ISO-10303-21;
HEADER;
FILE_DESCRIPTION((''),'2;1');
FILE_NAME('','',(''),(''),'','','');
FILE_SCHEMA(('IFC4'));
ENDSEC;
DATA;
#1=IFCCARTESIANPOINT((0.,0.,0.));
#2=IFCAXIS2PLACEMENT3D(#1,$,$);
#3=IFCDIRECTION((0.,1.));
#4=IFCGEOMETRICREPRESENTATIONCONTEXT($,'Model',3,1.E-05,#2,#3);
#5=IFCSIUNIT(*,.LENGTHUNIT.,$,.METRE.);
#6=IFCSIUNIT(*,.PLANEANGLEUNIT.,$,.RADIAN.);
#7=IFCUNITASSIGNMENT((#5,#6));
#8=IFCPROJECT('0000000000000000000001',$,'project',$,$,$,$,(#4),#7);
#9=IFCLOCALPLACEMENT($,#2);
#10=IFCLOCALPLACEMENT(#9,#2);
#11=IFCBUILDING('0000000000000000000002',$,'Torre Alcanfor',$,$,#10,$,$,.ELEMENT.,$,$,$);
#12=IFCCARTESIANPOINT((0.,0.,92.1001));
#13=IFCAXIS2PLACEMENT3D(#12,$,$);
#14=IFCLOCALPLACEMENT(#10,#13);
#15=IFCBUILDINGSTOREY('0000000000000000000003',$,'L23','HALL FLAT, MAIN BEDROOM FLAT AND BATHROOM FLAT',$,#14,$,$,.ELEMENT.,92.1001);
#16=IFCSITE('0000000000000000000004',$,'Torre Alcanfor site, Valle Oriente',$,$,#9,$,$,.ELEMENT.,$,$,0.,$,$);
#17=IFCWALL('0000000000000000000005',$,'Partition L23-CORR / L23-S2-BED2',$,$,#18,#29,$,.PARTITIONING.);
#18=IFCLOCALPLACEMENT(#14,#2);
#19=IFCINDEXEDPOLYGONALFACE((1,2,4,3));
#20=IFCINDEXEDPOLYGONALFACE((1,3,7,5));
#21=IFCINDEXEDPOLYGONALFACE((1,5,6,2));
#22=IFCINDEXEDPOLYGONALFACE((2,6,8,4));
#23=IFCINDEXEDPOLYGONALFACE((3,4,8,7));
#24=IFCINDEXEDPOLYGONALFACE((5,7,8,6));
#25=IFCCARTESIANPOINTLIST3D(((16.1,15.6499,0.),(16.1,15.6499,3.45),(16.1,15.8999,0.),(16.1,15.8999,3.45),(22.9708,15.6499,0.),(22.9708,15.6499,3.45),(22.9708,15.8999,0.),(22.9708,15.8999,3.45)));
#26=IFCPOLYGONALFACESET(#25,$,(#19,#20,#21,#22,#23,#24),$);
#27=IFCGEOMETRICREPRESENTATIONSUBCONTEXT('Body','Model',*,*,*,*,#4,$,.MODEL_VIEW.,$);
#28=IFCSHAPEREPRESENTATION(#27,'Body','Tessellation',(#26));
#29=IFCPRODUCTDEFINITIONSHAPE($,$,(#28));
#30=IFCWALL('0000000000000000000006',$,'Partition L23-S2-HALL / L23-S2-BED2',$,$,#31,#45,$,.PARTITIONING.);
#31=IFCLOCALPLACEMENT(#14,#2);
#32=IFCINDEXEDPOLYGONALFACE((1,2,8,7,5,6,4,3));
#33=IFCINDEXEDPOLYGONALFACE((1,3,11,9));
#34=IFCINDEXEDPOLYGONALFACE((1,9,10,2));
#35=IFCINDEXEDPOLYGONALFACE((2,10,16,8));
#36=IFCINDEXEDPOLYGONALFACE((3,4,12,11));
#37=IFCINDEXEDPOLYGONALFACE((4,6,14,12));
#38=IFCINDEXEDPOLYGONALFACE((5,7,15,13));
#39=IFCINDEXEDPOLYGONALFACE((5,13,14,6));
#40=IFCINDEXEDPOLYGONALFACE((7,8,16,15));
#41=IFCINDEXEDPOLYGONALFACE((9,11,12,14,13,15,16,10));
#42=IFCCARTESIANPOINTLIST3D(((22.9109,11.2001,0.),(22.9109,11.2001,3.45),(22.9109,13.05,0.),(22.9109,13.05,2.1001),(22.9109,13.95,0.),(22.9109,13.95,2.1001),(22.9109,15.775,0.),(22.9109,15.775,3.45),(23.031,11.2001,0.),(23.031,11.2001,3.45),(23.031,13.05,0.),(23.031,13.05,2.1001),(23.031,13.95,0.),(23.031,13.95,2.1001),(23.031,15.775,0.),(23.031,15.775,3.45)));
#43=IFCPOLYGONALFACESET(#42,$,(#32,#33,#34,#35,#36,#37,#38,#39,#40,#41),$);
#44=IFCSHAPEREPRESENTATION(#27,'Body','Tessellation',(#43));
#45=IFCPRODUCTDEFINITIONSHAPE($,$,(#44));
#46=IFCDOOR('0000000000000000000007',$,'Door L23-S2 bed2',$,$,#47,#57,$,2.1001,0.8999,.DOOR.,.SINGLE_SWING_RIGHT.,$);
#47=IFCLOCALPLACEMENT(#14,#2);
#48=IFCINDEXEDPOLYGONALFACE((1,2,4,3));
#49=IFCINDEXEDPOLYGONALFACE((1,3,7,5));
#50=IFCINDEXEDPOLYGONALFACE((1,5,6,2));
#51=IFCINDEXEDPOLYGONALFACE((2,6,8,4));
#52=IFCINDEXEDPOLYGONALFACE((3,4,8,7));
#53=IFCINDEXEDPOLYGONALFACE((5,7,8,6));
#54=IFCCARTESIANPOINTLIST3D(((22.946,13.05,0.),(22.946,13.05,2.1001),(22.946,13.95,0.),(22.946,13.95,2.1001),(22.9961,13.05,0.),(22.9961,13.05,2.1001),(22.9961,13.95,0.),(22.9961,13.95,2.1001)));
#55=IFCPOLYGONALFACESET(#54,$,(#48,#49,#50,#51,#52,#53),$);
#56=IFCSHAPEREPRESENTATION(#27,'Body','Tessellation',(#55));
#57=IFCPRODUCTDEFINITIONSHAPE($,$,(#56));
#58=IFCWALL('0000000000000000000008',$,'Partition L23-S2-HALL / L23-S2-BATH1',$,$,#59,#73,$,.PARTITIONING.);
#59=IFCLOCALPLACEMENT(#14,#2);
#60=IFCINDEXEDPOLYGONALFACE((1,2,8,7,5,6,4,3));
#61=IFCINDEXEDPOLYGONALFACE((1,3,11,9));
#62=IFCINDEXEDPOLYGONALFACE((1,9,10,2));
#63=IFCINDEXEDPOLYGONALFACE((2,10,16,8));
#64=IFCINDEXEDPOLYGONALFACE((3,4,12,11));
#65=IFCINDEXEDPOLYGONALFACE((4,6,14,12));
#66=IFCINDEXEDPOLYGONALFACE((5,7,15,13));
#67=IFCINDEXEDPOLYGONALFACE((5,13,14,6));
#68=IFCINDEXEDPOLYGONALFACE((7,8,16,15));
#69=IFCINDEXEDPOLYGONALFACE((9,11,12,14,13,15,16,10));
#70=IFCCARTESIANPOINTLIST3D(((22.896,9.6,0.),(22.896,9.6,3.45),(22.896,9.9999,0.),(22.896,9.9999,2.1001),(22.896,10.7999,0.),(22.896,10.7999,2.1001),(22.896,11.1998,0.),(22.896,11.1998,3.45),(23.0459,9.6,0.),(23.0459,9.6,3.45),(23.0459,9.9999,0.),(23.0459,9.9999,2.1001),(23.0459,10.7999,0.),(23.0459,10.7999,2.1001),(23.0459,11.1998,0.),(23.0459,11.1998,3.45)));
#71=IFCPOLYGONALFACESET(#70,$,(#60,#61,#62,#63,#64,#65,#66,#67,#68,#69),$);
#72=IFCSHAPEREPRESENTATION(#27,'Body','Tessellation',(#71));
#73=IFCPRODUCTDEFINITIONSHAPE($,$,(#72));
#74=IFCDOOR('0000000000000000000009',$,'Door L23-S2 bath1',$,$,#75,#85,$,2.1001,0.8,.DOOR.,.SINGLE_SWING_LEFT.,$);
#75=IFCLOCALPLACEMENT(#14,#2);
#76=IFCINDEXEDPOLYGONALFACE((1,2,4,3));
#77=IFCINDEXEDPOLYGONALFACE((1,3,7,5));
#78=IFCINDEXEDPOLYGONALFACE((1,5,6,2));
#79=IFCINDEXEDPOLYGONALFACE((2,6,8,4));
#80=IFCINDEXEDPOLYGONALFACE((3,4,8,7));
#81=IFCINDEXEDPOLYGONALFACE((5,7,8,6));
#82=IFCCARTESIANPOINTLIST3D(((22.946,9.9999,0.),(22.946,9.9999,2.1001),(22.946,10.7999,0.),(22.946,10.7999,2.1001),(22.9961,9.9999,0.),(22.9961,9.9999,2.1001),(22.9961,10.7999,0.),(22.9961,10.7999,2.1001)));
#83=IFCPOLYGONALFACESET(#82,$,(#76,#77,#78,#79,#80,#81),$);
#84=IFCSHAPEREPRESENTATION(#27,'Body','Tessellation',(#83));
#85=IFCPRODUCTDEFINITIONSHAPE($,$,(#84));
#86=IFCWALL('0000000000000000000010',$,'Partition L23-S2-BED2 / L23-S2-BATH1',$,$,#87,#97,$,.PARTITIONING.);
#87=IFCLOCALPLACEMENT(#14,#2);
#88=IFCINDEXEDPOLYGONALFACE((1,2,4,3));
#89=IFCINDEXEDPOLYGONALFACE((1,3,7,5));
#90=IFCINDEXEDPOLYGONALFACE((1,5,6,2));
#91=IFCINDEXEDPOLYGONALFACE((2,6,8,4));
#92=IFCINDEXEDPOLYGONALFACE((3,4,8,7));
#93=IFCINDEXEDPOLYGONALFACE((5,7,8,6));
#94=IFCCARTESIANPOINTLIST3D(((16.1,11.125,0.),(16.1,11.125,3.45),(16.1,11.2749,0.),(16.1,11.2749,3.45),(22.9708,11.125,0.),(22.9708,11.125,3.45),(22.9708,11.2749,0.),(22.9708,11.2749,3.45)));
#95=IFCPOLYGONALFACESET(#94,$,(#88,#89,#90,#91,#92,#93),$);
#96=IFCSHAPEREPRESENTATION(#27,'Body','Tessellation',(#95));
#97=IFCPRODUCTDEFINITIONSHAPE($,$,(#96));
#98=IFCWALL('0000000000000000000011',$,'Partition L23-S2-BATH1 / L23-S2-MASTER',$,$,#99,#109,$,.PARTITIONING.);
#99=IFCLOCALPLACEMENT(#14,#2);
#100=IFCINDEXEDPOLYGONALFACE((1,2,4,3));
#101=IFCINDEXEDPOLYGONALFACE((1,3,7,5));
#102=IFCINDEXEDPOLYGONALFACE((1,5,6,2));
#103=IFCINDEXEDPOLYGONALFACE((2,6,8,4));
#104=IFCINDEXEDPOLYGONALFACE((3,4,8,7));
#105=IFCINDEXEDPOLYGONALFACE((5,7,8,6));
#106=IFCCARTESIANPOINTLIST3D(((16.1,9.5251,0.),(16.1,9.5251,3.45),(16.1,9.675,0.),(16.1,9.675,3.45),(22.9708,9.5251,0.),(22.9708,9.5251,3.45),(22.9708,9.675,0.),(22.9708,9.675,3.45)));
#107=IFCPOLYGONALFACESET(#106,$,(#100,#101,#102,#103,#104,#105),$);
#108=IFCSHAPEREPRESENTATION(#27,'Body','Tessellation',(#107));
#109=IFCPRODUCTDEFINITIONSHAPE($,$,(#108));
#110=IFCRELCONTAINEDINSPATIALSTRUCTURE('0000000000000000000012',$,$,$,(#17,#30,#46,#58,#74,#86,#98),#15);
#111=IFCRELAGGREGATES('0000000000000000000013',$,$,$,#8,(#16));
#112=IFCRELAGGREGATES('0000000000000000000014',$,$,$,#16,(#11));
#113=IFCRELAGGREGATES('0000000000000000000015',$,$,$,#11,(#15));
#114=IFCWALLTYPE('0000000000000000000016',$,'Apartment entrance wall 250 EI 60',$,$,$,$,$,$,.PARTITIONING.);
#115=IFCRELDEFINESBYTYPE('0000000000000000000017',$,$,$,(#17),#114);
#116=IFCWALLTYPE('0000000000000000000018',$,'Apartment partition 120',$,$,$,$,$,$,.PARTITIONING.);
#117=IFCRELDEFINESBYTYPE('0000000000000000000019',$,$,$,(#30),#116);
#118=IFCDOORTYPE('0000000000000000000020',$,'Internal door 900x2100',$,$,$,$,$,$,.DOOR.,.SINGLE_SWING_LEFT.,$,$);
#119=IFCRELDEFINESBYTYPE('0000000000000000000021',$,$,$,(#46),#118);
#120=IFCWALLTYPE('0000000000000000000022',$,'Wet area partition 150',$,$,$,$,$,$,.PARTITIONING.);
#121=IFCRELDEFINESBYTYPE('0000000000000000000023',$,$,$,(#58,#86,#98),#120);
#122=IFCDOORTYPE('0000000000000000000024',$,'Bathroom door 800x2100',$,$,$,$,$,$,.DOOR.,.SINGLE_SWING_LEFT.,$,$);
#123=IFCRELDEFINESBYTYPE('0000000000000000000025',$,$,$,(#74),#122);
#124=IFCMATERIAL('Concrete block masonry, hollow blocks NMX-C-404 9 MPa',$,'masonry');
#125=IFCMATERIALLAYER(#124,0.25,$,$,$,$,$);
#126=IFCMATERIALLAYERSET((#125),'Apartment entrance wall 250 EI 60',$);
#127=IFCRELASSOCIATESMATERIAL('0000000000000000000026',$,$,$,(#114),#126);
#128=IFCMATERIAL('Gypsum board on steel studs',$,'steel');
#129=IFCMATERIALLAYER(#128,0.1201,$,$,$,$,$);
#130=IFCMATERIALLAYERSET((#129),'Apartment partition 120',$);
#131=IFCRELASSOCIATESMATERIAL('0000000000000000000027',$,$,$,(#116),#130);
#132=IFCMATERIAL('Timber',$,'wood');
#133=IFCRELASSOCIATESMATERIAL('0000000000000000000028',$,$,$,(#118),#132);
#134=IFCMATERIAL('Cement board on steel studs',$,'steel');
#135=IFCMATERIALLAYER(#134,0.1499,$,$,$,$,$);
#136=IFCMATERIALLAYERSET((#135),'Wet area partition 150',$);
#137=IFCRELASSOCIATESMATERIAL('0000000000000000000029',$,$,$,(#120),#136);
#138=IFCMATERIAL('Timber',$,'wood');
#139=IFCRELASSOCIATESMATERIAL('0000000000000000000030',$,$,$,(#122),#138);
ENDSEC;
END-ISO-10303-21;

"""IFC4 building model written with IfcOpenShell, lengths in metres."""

from ifc_helpers import new_model, si_unit, direction, frame, frame_2d, origin, place, context, subcontext, project, spatial, rectangle, extrude, material, layer, layer_set, type_object, element, fill, save


model = new_model("IFC4")

# Units and contexts
model_context = context("Model", 3, precision=1e-05, world=origin(), true_north=direction((0.0, 1.0)))
body_context = subcontext(model_context, "Body", "Model", "MODEL_VIEW")
ifc_project = project(units=[si_unit("LENGTHUNIT", "METRE"), si_unit("PLANEANGLEUNIT", "RADIAN")], contexts=[model_context])

# Site, building, storey
site_placement = place(None, origin())
site = spatial("IfcSite", under=ifc_project, at=site_placement, Name="Torre Alcanfor site, Valle Oriente", CompositionType="ELEMENT", RefElevation=0.0)
building_placement = place(site_placement, origin())
building = spatial("IfcBuilding", under=site, at=building_placement, Name="Torre Alcanfor", CompositionType="ELEMENT")
storey_placement = place(building_placement, frame((0.0, 0.0, 92.1001)))
storey = spatial("IfcBuildingStorey", under=building, at=storey_placement, Name="L23", Description="HALL FLAT, MAIN BEDROOM FLAT AND BATHROOM FLAT", CompositionType="ELEMENT", Elevation=92.1001)

# Wall
ifc_material_1 = material(Name="Concrete block masonry, hollow blocks NMX-C-404 9 MPa", Category="masonry")
ifc_layer_1 = layer(ifc_material_1, 0.25)
ifc_layer_set_1 = layer_set([ifc_layer_1], Name="Apartment entrance wall 250 EI 60")
wall_type_1 = type_object("IfcWallType", Name="Apartment entrance wall 250 EI 60", PredefinedType="PARTITIONING", material=ifc_layer_set_1)
wall_1_placement = place(storey_placement, frame((22.9709, 15.7749, 0.0), z_axis=(0.0, 0.0, 1.0), x_axis=(-1.0, 0.0, 0.0)))
element("IfcWall", 1, at=wall_1_placement, inside=storey, type_object=wall_type_1, Name="Partition L23-CORR / L23-S2-BED2", PredefinedType="PARTITIONING", context=body_context, shape_type="SweptSolid", body=[
    extrude(rectangle(XDim=6.8708, YDim=0.25, at=frame_2d((3.4355, 0.0))), origin(), (0.0, 0.0, 1.0), 3.45),
])

# Walls, openings, doors
ifc_material_2 = material(Name="Gypsum board on steel studs", Category="steel")
ifc_layer_2 = layer(ifc_material_2, 0.1201)
ifc_layer_set_2 = layer_set([ifc_layer_2], Name="Apartment partition 120")
wall_type_2 = type_object("IfcWallType", Name="Apartment partition 120", PredefinedType="PARTITIONING", material=ifc_layer_set_2)
wall_2_placement = place(storey_placement, frame((22.9709, 11.2, 0.0), z_axis=(0.0, 0.0, 1.0), x_axis=(0.0, 1.0, 0.0)))
wall_2 = element("IfcWall", 2, at=wall_2_placement, inside=storey, type_object=wall_type_2, Name="Partition L23-S2-HALL / L23-S2-BED2", PredefinedType="PARTITIONING", context=body_context, shape_type="SweptSolid", body=[
    extrude(rectangle(XDim=4.575, YDim=0.1201, at=frame_2d((2.2876, 0.0))), origin(), (0.0, 0.0, 1.0), 3.45),
])
opening_1_placement = place(wall_2_placement, frame((1.8501, 0.0, 0.0)))
opening_1 = element("IfcOpeningElement", 3, at=opening_1_placement, cuts=wall_2, PredefinedType="OPENING", context=body_context, shape_type="SweptSolid", body=[
    extrude(rectangle(XDim=0.8999, YDim=2.1001, at=frame_2d((0.45, 1.05))), frame((0.0, 0.0701, 0.0), z_axis=(0.0, -1.0, 0.0), x_axis=(1.0, 0.0, 0.0)), (0.0, 0.0, 1.0), 0.1401),
])
ifc_material_3 = material(Name="Timber", Category="wood")
door_type_1 = type_object("IfcDoorType", Name="Internal door 900x2100", OperationType="SINGLE_SWING_LEFT", PredefinedType="DOOR", material=ifc_material_3)
door_1_placement = place(opening_1_placement, origin())
door_1 = element("IfcDoor", 4, at=door_1_placement, inside=storey, type_object=door_type_1, Name="Door L23-S2 bed2", OperationType="SINGLE_SWING_RIGHT", OverallHeight=2.1001, OverallWidth=0.8999, PredefinedType="DOOR", context=body_context, shape_type="SweptSolid", body=[
    extrude(rectangle(XDim=0.8999, YDim=2.1001, at=frame_2d((0.45, 1.05))), frame((0.0, 0.0249, 0.0), z_axis=(0.0, -1.0, 0.0), x_axis=(1.0, 0.0, 0.0)), (0.0, 0.0, 1.0), 0.05),
])
fill(opening_1, door_1)
ifc_material_4 = material(Name="Cement board on steel studs", Category="steel")
ifc_layer_3 = layer(ifc_material_4, 0.1499)
ifc_layer_set_3 = layer_set([ifc_layer_3], Name="Wet area partition 150")
wall_type_3 = type_object("IfcWallType", Name="Wet area partition 150", PredefinedType="PARTITIONING", material=ifc_layer_set_3)
wall_3_placement = place(storey_placement, frame((22.9709, 9.6001, 0.0), z_axis=(0.0, 0.0, 1.0), x_axis=(0.0, 1.0, 0.0)))
wall_3 = element("IfcWall", 5, at=wall_3_placement, inside=storey, type_object=wall_type_3, Name="Partition L23-S2-HALL / L23-S2-BATH1", PredefinedType="PARTITIONING", context=body_context, shape_type="SweptSolid", body=[
    extrude(rectangle(XDim=1.5999, YDim=0.1499, at=frame_2d((0.7998, 0.0))), origin(), (0.0, 0.0, 1.0), 3.45),
])
opening_2_placement = place(wall_3_placement, frame((0.3999, 0.0, 0.0)))
opening_2 = element("IfcOpeningElement", 6, at=opening_2_placement, cuts=wall_3, PredefinedType="OPENING", context=body_context, shape_type="SweptSolid", body=[
    extrude(rectangle(XDim=0.8, YDim=2.1001, at=frame_2d((0.3999, 1.05))), frame((0.0, 0.085, 0.0), z_axis=(0.0, -1.0, 0.0), x_axis=(1.0, 0.0, 0.0)), (0.0, 0.0, 1.0), 0.1699),
])
ifc_material_5 = material(Name="Timber", Category="wood")
door_type_2 = type_object("IfcDoorType", Name="Bathroom door 800x2100", OperationType="SINGLE_SWING_LEFT", PredefinedType="DOOR", material=ifc_material_5)
door_2_placement = place(opening_2_placement, origin())
door_2 = element("IfcDoor", 7, at=door_2_placement, inside=storey, type_object=door_type_2, Name="Door L23-S2 bath1", OperationType="SINGLE_SWING_LEFT", OverallHeight=2.1001, OverallWidth=0.8, PredefinedType="DOOR", context=body_context, shape_type="SweptSolid", body=[
    extrude(rectangle(XDim=0.8, YDim=2.1001, at=frame_2d((0.3999, 1.05))), frame((0.0, 0.0249, 0.0), z_axis=(0.0, -1.0, 0.0), x_axis=(1.0, 0.0, 0.0)), (0.0, 0.0, 1.0), 0.05),
])
fill(opening_2, door_2)

# Walls
for number, where, z_axis, x_axis, name in (
    (8, (22.9709, 11.2, 0.0), (0.0, 0.0, 1.0), (-1.0, 0.0, 0.0), "Partition L23-S2-BED2 / L23-S2-BATH1"),
    (9, (22.9709, 9.6001, 0.0), (0.0, 0.0, 1.0), (-1.0, 0.0, 0.0), "Partition L23-S2-BATH1 / L23-S2-MASTER"),
):
    element("IfcWall", number, at=place(storey_placement, frame(where, z_axis=z_axis, x_axis=x_axis)), inside=storey, type_object=wall_type_3, Name=name, PredefinedType="PARTITIONING", context=body_context, shape_type="SweptSolid", body=[
        extrude(rectangle(XDim=6.8708, YDim=0.1499, at=frame_2d((3.4355, 0.0))), origin(), (0.0, 0.0, 1.0), 3.45),
    ])

save(model, "model.ifc")
